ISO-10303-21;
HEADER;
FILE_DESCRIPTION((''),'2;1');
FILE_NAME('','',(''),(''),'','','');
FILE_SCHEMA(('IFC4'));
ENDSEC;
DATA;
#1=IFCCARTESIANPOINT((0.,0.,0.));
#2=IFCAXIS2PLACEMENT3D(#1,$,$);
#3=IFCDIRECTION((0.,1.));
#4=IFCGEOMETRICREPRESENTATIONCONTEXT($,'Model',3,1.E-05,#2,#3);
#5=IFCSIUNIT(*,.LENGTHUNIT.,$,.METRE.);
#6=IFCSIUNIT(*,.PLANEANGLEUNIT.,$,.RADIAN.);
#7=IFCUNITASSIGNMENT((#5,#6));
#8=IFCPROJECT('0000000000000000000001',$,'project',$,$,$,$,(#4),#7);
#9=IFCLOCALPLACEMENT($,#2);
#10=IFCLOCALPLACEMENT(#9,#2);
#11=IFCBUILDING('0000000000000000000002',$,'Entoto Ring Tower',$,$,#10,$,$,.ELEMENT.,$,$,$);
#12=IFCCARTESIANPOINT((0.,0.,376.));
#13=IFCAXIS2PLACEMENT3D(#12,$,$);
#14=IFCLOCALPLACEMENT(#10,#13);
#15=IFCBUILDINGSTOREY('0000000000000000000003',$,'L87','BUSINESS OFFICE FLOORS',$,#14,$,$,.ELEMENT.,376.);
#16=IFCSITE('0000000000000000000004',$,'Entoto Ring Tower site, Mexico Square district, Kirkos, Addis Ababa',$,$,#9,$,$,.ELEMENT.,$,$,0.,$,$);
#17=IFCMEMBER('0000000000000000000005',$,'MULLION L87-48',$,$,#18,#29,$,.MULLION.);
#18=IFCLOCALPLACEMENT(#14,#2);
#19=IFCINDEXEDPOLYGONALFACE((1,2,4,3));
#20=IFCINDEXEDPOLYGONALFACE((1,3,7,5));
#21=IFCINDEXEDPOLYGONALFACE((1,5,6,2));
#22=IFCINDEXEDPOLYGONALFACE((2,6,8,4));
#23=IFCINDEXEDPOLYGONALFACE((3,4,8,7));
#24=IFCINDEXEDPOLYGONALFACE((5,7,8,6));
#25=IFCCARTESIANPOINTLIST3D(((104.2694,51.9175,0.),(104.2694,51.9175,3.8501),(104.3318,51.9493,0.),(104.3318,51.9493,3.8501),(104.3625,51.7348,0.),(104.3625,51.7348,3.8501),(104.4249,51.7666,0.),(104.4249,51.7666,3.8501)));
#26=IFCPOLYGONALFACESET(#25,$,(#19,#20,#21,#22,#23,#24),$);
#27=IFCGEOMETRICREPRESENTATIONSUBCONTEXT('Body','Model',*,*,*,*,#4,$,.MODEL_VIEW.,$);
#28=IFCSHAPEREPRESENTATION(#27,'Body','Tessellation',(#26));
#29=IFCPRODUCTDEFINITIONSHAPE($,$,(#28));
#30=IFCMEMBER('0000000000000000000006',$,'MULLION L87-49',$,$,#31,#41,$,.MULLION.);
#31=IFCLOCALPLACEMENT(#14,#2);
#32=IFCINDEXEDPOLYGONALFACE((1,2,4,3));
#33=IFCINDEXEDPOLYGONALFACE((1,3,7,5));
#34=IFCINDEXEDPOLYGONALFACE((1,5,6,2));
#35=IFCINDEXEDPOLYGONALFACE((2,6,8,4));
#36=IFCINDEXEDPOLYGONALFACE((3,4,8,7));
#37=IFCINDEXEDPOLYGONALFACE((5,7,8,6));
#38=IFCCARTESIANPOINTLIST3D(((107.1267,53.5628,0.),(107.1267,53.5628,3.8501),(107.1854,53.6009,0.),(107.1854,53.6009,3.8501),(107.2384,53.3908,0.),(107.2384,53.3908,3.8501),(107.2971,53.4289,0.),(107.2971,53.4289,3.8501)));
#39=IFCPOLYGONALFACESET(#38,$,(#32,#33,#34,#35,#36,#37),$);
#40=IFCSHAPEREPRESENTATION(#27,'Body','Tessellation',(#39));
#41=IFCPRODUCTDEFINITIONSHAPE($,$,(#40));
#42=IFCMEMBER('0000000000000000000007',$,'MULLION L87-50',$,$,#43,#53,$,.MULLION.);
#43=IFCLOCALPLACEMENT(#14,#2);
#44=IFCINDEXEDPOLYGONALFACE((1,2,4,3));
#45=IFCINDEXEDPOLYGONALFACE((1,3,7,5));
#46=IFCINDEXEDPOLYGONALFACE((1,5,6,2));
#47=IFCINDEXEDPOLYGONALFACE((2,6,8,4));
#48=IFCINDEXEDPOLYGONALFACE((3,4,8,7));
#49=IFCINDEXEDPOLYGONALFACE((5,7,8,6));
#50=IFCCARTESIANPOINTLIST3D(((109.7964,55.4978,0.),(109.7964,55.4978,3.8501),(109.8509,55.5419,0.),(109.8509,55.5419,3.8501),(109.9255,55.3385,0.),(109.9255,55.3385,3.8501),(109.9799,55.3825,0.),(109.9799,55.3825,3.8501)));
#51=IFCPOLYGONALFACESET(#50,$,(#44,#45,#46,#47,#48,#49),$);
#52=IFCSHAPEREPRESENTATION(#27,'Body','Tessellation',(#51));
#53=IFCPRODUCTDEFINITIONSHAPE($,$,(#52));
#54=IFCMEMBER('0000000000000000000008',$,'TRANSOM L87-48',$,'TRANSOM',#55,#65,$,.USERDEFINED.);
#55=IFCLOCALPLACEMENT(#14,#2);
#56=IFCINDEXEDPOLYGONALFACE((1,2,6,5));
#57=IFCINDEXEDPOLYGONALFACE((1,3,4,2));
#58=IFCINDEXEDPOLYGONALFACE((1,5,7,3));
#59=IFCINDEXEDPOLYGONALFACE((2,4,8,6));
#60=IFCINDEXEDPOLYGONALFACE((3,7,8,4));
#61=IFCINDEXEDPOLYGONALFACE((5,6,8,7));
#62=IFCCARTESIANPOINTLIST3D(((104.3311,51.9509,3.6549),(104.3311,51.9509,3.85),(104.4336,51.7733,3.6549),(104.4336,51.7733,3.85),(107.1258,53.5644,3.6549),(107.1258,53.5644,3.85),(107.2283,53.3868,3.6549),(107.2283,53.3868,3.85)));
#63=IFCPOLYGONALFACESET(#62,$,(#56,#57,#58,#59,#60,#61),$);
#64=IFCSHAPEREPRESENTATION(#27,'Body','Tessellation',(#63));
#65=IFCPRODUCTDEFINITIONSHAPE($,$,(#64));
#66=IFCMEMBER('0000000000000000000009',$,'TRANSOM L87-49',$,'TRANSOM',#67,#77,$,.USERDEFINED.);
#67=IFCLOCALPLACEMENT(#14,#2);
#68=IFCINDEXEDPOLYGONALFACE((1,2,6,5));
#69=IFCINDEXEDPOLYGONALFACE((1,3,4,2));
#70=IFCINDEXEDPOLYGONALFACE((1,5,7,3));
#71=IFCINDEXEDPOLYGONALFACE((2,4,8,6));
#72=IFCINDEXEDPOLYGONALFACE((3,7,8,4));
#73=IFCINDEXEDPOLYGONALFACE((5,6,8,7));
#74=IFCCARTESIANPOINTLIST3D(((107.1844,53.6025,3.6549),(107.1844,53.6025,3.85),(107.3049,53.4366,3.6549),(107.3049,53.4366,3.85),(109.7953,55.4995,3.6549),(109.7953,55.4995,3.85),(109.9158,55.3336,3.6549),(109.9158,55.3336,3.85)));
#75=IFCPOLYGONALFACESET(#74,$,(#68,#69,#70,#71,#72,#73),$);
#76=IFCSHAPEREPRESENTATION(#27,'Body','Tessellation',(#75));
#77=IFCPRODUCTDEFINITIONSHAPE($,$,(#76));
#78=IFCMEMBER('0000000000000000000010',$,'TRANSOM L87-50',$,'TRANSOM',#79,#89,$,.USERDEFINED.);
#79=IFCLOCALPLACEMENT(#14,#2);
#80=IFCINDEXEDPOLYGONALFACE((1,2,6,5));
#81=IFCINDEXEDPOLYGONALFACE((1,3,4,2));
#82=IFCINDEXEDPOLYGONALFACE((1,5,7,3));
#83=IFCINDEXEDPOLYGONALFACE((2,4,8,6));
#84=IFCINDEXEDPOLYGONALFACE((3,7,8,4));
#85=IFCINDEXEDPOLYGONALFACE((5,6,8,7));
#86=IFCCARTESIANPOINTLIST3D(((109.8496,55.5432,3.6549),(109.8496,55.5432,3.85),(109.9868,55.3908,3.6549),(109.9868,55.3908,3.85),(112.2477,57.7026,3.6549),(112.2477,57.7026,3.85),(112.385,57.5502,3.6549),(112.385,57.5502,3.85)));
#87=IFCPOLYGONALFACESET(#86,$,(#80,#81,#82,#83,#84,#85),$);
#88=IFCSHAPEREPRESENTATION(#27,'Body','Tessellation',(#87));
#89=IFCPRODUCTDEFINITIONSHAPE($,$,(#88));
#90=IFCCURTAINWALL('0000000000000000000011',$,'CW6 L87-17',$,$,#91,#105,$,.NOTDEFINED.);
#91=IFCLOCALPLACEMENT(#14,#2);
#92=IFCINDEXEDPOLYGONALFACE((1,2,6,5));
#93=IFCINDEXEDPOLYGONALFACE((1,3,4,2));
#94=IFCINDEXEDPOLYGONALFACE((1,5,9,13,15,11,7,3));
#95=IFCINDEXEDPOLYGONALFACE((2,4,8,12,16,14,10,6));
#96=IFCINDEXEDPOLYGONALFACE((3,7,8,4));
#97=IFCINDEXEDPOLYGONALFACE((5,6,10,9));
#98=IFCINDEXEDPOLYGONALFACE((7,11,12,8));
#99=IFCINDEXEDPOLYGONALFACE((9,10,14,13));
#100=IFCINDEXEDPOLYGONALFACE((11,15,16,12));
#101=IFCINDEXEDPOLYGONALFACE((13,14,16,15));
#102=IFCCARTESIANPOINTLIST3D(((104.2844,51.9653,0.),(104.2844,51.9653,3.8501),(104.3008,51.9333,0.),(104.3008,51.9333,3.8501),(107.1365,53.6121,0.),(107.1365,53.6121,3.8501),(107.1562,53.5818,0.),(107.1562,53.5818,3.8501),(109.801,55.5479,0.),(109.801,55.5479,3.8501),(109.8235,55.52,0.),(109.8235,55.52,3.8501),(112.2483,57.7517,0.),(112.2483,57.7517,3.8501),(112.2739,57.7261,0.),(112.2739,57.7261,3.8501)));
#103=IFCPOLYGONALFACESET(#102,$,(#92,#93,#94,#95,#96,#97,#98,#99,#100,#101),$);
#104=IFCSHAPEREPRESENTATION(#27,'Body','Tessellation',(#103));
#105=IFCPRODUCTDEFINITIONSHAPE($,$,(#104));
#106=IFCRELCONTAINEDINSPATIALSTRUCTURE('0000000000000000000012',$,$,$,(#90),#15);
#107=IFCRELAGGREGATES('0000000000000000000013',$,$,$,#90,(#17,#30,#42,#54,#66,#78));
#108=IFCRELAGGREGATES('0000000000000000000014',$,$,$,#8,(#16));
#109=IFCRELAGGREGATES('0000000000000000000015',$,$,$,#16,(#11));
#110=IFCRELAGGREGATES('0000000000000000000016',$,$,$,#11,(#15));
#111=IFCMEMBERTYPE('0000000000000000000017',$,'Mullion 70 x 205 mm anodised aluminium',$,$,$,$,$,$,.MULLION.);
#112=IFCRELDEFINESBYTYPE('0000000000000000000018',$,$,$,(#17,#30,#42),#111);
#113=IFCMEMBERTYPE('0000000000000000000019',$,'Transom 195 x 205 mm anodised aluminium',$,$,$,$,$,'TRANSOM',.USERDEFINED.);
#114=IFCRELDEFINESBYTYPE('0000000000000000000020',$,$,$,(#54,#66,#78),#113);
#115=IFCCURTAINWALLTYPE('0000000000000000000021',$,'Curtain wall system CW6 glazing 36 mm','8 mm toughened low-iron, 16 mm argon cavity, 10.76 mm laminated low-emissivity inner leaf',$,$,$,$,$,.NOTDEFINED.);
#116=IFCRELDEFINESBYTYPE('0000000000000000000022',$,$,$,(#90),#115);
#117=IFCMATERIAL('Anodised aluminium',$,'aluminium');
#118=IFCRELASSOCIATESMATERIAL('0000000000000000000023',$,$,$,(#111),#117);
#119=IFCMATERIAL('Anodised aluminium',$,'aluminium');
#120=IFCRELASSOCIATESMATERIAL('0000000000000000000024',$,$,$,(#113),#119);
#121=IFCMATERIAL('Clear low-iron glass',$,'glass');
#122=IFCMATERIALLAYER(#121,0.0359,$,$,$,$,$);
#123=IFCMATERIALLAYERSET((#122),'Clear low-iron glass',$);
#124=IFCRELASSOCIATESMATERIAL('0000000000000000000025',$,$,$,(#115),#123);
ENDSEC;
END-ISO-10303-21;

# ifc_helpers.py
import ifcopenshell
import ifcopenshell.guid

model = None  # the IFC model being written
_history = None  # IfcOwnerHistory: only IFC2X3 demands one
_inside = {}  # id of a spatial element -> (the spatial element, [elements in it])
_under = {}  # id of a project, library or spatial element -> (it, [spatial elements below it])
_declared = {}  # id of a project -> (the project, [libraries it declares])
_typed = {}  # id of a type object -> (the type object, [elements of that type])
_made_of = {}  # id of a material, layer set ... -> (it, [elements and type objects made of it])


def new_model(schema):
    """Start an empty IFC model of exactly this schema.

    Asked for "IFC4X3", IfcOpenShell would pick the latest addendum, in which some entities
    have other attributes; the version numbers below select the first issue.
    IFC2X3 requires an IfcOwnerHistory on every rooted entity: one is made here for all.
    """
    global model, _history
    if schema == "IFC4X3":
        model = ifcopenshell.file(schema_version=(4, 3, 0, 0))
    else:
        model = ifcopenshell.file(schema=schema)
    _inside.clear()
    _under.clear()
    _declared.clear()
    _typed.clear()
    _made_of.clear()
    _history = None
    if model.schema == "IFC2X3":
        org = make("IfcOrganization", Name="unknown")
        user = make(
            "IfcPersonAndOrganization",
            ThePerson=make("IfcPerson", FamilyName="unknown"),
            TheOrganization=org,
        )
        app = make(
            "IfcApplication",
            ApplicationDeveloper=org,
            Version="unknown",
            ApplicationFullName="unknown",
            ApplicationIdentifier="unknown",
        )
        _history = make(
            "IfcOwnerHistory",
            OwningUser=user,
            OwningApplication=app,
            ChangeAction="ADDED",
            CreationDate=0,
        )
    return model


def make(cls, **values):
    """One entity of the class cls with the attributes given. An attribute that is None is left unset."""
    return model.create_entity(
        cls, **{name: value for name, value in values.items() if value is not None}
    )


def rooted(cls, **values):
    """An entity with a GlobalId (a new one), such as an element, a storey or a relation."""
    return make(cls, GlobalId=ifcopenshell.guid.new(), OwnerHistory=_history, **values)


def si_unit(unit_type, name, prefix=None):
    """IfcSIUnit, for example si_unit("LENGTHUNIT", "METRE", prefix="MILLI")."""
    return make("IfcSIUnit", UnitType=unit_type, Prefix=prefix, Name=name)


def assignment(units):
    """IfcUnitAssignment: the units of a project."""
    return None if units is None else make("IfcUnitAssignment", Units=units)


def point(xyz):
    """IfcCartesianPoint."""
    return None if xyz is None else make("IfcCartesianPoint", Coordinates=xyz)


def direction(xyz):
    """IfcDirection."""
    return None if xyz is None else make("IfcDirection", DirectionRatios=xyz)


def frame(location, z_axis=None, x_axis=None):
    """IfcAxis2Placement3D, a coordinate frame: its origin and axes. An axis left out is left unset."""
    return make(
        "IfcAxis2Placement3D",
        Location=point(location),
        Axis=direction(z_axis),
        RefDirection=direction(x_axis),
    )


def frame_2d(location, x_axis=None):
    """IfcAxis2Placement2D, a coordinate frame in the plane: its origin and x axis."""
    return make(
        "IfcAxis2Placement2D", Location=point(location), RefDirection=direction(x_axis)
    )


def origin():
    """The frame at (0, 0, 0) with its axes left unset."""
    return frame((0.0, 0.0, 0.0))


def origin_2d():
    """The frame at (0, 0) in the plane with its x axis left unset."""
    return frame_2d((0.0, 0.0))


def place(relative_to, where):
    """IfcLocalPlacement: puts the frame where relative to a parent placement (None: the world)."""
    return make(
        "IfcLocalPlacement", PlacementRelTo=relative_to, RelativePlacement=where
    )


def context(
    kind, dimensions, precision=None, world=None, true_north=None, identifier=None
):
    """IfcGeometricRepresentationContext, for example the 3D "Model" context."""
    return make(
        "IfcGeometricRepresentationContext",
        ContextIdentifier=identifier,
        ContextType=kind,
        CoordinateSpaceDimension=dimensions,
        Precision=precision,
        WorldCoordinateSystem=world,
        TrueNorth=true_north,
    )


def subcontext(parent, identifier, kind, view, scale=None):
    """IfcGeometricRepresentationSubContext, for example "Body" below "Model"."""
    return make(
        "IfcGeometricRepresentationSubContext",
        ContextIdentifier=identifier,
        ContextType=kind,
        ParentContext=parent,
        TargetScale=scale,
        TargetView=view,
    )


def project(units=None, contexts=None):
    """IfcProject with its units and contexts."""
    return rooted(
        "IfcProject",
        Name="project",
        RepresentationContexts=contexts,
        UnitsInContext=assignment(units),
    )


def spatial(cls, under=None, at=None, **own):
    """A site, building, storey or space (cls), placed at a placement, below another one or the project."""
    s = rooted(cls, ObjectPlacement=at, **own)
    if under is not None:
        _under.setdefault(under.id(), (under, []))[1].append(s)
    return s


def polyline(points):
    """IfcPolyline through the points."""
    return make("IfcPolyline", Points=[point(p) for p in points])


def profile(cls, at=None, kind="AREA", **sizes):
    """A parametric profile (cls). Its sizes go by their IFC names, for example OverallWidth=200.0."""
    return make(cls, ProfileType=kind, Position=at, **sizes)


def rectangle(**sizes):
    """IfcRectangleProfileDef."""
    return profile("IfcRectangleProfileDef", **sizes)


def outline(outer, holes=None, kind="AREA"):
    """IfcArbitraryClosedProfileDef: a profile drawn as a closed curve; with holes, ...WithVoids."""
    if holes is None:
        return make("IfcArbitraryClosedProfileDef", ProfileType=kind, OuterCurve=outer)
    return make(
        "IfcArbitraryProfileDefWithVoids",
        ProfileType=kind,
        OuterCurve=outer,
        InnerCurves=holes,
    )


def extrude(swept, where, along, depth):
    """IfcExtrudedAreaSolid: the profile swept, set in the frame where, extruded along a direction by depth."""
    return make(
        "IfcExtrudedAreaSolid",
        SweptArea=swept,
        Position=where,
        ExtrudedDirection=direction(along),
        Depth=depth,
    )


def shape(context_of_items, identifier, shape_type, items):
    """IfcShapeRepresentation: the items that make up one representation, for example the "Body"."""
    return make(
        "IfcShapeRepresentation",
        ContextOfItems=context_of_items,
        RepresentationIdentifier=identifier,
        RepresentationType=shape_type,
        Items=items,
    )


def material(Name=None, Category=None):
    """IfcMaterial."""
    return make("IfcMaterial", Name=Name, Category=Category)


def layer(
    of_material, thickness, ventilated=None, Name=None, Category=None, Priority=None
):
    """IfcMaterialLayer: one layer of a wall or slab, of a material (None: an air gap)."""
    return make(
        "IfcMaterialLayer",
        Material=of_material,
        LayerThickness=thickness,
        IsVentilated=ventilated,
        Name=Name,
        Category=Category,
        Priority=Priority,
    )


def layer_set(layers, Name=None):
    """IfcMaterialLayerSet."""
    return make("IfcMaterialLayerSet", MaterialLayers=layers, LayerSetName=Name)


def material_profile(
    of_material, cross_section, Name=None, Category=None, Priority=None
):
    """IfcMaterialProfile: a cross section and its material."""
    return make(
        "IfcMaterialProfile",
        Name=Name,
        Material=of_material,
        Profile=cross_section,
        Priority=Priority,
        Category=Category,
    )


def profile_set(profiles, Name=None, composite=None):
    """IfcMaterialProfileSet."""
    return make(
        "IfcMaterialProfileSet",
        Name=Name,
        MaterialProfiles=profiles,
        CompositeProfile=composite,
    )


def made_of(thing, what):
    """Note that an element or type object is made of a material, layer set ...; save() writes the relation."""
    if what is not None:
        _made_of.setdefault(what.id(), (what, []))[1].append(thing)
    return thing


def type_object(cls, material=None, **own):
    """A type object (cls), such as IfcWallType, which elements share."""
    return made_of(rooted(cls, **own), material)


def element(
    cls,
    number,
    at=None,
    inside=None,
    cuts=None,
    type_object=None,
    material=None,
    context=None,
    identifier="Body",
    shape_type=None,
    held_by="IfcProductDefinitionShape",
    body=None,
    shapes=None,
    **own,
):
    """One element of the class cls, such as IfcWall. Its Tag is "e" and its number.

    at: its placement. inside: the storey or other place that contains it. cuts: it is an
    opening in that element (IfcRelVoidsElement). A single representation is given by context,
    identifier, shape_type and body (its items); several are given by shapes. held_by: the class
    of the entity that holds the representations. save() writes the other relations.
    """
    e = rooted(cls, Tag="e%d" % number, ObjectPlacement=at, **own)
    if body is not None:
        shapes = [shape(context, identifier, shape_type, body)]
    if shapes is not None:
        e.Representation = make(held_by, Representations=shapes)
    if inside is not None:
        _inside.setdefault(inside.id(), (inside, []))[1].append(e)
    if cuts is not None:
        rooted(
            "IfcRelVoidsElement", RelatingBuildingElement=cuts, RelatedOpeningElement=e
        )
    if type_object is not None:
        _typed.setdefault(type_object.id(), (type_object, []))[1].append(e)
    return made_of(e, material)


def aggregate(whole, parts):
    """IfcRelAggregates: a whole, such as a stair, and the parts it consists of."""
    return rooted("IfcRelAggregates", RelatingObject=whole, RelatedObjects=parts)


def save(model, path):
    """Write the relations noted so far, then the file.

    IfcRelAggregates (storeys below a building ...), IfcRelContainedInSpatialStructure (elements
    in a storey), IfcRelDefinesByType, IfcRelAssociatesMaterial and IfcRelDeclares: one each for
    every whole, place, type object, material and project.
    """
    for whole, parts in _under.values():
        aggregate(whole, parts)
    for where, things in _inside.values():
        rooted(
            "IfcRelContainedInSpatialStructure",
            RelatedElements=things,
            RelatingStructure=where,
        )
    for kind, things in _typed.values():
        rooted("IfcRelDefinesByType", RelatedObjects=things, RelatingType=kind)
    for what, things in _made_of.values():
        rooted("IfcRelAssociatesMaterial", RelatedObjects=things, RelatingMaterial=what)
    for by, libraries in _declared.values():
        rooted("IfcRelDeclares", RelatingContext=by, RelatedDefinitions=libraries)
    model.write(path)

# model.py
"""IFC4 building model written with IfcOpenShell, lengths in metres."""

from ifc_helpers import new_model, si_unit, direction, frame, origin, origin_2d, place, context, subcontext, project, spatial, polyline, rectangle, outline, extrude, material, layer, layer_set, material_profile, profile_set, type_object, element, aggregate, save


model = new_model("IFC4")

# Units and contexts
model_context = context("Model", 3, precision=1e-05, world=origin(), true_north=direction((0.0, 1.0)))
body_context = subcontext(model_context, "Body", "Model", "MODEL_VIEW")
ifc_project = project(units=[si_unit("LENGTHUNIT", "METRE"), si_unit("PLANEANGLEUNIT", "RADIAN")], contexts=[model_context])

# Members
ifc_material_1 = material(Name="Anodised aluminium", Category="aluminium")
ifc_material_profile_1 = material_profile(ifc_material_1, rectangle(XDim=0.0701, YDim=0.2051, at=origin_2d()), Name="Mullion 70 x 205 mm anodised aluminium")
ifc_profile_set_1 = profile_set([ifc_material_profile_1], Name="Anodised aluminium")
member_type_1 = type_object("IfcMemberType", Name="Mullion 70 x 205 mm anodised aluminium", PredefinedType="MULLION", material=ifc_profile_set_1)
site_placement = place(None, origin())
building_placement = place(site_placement, origin())
storey_placement = place(building_placement, frame((0.0, 0.0, 376.0)))
member_1_placement = place(storey_placement, frame((104.3472, 51.842, 0.0), z_axis=(0.0, 0.0, 1.0), x_axis=(0.891007, 0.45399, 0.0)))
member_1 = element("IfcMember", 1, at=member_1_placement, type_object=member_type_1, Name="MULLION L87-48", PredefinedType="MULLION", context=body_context, shape_type="SweptSolid", body=[
    extrude(rectangle(XDim=0.0701, YDim=0.2051, at=origin_2d()), origin(), (0.0, 0.0, 1.0), 3.8501),
])
member_2_placement = place(storey_placement, frame((107.2119, 53.4958, 0.0), z_axis=(0.0, 0.0, 1.0), x_axis=(0.838671, 0.544639, 0.0)))
member_2 = element("IfcMember", 2, at=member_2_placement, type_object=member_type_1, Name="MULLION L87-49", PredefinedType="MULLION", context=body_context, shape_type="SweptSolid", body=[
    extrude(rectangle(XDim=0.0701, YDim=0.2051, at=origin_2d()), origin(), (0.0, 0.0, 1.0), 3.8501),
])
member_3_placement = place(storey_placement, frame((109.8882, 55.4402, 0.0), z_axis=(0.0, 0.0, 1.0), x_axis=(0.777146, 0.62932, 0.0)))
member_3 = element("IfcMember", 3, at=member_3_placement, type_object=member_type_1, Name="MULLION L87-50", PredefinedType="MULLION", context=body_context, shape_type="SweptSolid", body=[
    extrude(rectangle(XDim=0.0701, YDim=0.2051, at=origin_2d()), origin(), (0.0, 0.0, 1.0), 3.8501),
])
ifc_material_2 = material(Name="Anodised aluminium", Category="aluminium")
ifc_material_profile_2 = material_profile(ifc_material_2, rectangle(XDim=0.2051, YDim=0.1951, at=origin_2d()), Name="Transom 195 x 205 mm anodised aluminium")
ifc_profile_set_2 = profile_set([ifc_material_profile_2], Name="Anodised aluminium")
member_type_2 = type_object("IfcMemberType", Name="Transom 195 x 205 mm anodised aluminium", ElementType="TRANSOM", PredefinedType="USERDEFINED", material=ifc_profile_set_2)
member_4_placement = place(storey_placement, frame((104.3823, 51.8621, 3.7524), z_axis=(0.866023, 0.500004, 0.0), x_axis=(-0.500004, 0.866023, 0.0)))
member_4 = element("IfcMember", 4, at=member_4_placement, type_object=member_type_2, Name="TRANSOM L87-48", ObjectType="TRANSOM", PredefinedType="USERDEFINED", context=body_context, shape_type="SweptSolid", body=[
    extrude(rectangle(XDim=0.2051, YDim=0.1951, at=origin_2d()), origin(), (0.0, 0.0, 1.0), 3.2271),
])
member_5_placement = place(storey_placement, frame((107.2446, 53.5195, 3.7524), z_axis=(0.809004, 0.587803, 0.0), x_axis=(-0.587803, 0.809004, 0.0)))
member_5 = element("IfcMember", 5, at=member_5_placement, type_object=member_type_2, Name="TRANSOM L87-49", ObjectType="TRANSOM", PredefinedType="USERDEFINED", context=body_context, shape_type="SweptSolid", body=[
    extrude(rectangle(XDim=0.2051, YDim=0.1951, at=origin_2d()), origin(), (0.0, 0.0, 1.0), 3.2273),
])
member_6_placement = place(storey_placement, frame((109.9182, 55.467, 3.7524), z_axis=(0.743132, 0.669144, 0.0), x_axis=(-0.669144, 0.743132, 0.0)))
member_6 = element("IfcMember", 6, at=member_6_placement, type_object=member_type_2, Name="TRANSOM L87-50", ObjectType="TRANSOM", PredefinedType="USERDEFINED", context=body_context, shape_type="SweptSolid", body=[
    extrude(rectangle(XDim=0.2051, YDim=0.1951, at=origin_2d()), origin(), (0.0, 0.0, 1.0), 3.2271),
])

# Site, building, storey
site = spatial("IfcSite", under=ifc_project, at=site_placement, Name="Entoto Ring Tower site, Mexico Square district, Kirkos, Addis Ababa", CompositionType="ELEMENT", RefElevation=0.0)
building = spatial("IfcBuilding", under=site, at=building_placement, Name="Entoto Ring Tower", CompositionType="ELEMENT")
storey = spatial("IfcBuildingStorey", under=building, at=storey_placement, Name="L87", Description="BUSINESS OFFICE FLOORS", CompositionType="ELEMENT", Elevation=376.0)

# Curtain wall
ifc_material_3 = material(Name="Clear low-iron glass", Category="glass")
ifc_layer_1 = layer(ifc_material_3, 0.0359)
ifc_layer_set_1 = layer_set([ifc_layer_1], Name="Clear low-iron glass")
curtain_wall_type = type_object("IfcCurtainWallType", Name="Curtain wall system CW6 glazing 36 mm", Description="8 mm toughened low-iron, 16 mm argon cavity, 10.76 mm laminated low-emissivity inner leaf", PredefinedType="NOTDEFINED", material=ifc_layer_set_1)
curtain_wall_1_placement = place(storey_placement, origin())
curtain_wall_1 = element("IfcCurtainWall", 7, at=curtain_wall_1_placement, inside=storey, type_object=curtain_wall_type, Name="CW6 L87-17", PredefinedType="NOTDEFINED", context=body_context, shape_type="SweptSolid", body=[
    extrude(outline(polyline([(104.3008, 51.9333), (107.1562, 53.5818), (109.8235, 55.52), (112.2739, 57.7261), (112.2483, 57.7517), (109.801, 55.5479), (107.1365, 53.6121), (104.2844, 51.9653), (104.3008, 51.9333)])), origin(), (0.0, 0.0, 1.0), 3.8501),
])
aggregate(curtain_wall_1, [member_1, member_2, member_3, member_4, member_5, member_6])

save(model, "model.ifc")
